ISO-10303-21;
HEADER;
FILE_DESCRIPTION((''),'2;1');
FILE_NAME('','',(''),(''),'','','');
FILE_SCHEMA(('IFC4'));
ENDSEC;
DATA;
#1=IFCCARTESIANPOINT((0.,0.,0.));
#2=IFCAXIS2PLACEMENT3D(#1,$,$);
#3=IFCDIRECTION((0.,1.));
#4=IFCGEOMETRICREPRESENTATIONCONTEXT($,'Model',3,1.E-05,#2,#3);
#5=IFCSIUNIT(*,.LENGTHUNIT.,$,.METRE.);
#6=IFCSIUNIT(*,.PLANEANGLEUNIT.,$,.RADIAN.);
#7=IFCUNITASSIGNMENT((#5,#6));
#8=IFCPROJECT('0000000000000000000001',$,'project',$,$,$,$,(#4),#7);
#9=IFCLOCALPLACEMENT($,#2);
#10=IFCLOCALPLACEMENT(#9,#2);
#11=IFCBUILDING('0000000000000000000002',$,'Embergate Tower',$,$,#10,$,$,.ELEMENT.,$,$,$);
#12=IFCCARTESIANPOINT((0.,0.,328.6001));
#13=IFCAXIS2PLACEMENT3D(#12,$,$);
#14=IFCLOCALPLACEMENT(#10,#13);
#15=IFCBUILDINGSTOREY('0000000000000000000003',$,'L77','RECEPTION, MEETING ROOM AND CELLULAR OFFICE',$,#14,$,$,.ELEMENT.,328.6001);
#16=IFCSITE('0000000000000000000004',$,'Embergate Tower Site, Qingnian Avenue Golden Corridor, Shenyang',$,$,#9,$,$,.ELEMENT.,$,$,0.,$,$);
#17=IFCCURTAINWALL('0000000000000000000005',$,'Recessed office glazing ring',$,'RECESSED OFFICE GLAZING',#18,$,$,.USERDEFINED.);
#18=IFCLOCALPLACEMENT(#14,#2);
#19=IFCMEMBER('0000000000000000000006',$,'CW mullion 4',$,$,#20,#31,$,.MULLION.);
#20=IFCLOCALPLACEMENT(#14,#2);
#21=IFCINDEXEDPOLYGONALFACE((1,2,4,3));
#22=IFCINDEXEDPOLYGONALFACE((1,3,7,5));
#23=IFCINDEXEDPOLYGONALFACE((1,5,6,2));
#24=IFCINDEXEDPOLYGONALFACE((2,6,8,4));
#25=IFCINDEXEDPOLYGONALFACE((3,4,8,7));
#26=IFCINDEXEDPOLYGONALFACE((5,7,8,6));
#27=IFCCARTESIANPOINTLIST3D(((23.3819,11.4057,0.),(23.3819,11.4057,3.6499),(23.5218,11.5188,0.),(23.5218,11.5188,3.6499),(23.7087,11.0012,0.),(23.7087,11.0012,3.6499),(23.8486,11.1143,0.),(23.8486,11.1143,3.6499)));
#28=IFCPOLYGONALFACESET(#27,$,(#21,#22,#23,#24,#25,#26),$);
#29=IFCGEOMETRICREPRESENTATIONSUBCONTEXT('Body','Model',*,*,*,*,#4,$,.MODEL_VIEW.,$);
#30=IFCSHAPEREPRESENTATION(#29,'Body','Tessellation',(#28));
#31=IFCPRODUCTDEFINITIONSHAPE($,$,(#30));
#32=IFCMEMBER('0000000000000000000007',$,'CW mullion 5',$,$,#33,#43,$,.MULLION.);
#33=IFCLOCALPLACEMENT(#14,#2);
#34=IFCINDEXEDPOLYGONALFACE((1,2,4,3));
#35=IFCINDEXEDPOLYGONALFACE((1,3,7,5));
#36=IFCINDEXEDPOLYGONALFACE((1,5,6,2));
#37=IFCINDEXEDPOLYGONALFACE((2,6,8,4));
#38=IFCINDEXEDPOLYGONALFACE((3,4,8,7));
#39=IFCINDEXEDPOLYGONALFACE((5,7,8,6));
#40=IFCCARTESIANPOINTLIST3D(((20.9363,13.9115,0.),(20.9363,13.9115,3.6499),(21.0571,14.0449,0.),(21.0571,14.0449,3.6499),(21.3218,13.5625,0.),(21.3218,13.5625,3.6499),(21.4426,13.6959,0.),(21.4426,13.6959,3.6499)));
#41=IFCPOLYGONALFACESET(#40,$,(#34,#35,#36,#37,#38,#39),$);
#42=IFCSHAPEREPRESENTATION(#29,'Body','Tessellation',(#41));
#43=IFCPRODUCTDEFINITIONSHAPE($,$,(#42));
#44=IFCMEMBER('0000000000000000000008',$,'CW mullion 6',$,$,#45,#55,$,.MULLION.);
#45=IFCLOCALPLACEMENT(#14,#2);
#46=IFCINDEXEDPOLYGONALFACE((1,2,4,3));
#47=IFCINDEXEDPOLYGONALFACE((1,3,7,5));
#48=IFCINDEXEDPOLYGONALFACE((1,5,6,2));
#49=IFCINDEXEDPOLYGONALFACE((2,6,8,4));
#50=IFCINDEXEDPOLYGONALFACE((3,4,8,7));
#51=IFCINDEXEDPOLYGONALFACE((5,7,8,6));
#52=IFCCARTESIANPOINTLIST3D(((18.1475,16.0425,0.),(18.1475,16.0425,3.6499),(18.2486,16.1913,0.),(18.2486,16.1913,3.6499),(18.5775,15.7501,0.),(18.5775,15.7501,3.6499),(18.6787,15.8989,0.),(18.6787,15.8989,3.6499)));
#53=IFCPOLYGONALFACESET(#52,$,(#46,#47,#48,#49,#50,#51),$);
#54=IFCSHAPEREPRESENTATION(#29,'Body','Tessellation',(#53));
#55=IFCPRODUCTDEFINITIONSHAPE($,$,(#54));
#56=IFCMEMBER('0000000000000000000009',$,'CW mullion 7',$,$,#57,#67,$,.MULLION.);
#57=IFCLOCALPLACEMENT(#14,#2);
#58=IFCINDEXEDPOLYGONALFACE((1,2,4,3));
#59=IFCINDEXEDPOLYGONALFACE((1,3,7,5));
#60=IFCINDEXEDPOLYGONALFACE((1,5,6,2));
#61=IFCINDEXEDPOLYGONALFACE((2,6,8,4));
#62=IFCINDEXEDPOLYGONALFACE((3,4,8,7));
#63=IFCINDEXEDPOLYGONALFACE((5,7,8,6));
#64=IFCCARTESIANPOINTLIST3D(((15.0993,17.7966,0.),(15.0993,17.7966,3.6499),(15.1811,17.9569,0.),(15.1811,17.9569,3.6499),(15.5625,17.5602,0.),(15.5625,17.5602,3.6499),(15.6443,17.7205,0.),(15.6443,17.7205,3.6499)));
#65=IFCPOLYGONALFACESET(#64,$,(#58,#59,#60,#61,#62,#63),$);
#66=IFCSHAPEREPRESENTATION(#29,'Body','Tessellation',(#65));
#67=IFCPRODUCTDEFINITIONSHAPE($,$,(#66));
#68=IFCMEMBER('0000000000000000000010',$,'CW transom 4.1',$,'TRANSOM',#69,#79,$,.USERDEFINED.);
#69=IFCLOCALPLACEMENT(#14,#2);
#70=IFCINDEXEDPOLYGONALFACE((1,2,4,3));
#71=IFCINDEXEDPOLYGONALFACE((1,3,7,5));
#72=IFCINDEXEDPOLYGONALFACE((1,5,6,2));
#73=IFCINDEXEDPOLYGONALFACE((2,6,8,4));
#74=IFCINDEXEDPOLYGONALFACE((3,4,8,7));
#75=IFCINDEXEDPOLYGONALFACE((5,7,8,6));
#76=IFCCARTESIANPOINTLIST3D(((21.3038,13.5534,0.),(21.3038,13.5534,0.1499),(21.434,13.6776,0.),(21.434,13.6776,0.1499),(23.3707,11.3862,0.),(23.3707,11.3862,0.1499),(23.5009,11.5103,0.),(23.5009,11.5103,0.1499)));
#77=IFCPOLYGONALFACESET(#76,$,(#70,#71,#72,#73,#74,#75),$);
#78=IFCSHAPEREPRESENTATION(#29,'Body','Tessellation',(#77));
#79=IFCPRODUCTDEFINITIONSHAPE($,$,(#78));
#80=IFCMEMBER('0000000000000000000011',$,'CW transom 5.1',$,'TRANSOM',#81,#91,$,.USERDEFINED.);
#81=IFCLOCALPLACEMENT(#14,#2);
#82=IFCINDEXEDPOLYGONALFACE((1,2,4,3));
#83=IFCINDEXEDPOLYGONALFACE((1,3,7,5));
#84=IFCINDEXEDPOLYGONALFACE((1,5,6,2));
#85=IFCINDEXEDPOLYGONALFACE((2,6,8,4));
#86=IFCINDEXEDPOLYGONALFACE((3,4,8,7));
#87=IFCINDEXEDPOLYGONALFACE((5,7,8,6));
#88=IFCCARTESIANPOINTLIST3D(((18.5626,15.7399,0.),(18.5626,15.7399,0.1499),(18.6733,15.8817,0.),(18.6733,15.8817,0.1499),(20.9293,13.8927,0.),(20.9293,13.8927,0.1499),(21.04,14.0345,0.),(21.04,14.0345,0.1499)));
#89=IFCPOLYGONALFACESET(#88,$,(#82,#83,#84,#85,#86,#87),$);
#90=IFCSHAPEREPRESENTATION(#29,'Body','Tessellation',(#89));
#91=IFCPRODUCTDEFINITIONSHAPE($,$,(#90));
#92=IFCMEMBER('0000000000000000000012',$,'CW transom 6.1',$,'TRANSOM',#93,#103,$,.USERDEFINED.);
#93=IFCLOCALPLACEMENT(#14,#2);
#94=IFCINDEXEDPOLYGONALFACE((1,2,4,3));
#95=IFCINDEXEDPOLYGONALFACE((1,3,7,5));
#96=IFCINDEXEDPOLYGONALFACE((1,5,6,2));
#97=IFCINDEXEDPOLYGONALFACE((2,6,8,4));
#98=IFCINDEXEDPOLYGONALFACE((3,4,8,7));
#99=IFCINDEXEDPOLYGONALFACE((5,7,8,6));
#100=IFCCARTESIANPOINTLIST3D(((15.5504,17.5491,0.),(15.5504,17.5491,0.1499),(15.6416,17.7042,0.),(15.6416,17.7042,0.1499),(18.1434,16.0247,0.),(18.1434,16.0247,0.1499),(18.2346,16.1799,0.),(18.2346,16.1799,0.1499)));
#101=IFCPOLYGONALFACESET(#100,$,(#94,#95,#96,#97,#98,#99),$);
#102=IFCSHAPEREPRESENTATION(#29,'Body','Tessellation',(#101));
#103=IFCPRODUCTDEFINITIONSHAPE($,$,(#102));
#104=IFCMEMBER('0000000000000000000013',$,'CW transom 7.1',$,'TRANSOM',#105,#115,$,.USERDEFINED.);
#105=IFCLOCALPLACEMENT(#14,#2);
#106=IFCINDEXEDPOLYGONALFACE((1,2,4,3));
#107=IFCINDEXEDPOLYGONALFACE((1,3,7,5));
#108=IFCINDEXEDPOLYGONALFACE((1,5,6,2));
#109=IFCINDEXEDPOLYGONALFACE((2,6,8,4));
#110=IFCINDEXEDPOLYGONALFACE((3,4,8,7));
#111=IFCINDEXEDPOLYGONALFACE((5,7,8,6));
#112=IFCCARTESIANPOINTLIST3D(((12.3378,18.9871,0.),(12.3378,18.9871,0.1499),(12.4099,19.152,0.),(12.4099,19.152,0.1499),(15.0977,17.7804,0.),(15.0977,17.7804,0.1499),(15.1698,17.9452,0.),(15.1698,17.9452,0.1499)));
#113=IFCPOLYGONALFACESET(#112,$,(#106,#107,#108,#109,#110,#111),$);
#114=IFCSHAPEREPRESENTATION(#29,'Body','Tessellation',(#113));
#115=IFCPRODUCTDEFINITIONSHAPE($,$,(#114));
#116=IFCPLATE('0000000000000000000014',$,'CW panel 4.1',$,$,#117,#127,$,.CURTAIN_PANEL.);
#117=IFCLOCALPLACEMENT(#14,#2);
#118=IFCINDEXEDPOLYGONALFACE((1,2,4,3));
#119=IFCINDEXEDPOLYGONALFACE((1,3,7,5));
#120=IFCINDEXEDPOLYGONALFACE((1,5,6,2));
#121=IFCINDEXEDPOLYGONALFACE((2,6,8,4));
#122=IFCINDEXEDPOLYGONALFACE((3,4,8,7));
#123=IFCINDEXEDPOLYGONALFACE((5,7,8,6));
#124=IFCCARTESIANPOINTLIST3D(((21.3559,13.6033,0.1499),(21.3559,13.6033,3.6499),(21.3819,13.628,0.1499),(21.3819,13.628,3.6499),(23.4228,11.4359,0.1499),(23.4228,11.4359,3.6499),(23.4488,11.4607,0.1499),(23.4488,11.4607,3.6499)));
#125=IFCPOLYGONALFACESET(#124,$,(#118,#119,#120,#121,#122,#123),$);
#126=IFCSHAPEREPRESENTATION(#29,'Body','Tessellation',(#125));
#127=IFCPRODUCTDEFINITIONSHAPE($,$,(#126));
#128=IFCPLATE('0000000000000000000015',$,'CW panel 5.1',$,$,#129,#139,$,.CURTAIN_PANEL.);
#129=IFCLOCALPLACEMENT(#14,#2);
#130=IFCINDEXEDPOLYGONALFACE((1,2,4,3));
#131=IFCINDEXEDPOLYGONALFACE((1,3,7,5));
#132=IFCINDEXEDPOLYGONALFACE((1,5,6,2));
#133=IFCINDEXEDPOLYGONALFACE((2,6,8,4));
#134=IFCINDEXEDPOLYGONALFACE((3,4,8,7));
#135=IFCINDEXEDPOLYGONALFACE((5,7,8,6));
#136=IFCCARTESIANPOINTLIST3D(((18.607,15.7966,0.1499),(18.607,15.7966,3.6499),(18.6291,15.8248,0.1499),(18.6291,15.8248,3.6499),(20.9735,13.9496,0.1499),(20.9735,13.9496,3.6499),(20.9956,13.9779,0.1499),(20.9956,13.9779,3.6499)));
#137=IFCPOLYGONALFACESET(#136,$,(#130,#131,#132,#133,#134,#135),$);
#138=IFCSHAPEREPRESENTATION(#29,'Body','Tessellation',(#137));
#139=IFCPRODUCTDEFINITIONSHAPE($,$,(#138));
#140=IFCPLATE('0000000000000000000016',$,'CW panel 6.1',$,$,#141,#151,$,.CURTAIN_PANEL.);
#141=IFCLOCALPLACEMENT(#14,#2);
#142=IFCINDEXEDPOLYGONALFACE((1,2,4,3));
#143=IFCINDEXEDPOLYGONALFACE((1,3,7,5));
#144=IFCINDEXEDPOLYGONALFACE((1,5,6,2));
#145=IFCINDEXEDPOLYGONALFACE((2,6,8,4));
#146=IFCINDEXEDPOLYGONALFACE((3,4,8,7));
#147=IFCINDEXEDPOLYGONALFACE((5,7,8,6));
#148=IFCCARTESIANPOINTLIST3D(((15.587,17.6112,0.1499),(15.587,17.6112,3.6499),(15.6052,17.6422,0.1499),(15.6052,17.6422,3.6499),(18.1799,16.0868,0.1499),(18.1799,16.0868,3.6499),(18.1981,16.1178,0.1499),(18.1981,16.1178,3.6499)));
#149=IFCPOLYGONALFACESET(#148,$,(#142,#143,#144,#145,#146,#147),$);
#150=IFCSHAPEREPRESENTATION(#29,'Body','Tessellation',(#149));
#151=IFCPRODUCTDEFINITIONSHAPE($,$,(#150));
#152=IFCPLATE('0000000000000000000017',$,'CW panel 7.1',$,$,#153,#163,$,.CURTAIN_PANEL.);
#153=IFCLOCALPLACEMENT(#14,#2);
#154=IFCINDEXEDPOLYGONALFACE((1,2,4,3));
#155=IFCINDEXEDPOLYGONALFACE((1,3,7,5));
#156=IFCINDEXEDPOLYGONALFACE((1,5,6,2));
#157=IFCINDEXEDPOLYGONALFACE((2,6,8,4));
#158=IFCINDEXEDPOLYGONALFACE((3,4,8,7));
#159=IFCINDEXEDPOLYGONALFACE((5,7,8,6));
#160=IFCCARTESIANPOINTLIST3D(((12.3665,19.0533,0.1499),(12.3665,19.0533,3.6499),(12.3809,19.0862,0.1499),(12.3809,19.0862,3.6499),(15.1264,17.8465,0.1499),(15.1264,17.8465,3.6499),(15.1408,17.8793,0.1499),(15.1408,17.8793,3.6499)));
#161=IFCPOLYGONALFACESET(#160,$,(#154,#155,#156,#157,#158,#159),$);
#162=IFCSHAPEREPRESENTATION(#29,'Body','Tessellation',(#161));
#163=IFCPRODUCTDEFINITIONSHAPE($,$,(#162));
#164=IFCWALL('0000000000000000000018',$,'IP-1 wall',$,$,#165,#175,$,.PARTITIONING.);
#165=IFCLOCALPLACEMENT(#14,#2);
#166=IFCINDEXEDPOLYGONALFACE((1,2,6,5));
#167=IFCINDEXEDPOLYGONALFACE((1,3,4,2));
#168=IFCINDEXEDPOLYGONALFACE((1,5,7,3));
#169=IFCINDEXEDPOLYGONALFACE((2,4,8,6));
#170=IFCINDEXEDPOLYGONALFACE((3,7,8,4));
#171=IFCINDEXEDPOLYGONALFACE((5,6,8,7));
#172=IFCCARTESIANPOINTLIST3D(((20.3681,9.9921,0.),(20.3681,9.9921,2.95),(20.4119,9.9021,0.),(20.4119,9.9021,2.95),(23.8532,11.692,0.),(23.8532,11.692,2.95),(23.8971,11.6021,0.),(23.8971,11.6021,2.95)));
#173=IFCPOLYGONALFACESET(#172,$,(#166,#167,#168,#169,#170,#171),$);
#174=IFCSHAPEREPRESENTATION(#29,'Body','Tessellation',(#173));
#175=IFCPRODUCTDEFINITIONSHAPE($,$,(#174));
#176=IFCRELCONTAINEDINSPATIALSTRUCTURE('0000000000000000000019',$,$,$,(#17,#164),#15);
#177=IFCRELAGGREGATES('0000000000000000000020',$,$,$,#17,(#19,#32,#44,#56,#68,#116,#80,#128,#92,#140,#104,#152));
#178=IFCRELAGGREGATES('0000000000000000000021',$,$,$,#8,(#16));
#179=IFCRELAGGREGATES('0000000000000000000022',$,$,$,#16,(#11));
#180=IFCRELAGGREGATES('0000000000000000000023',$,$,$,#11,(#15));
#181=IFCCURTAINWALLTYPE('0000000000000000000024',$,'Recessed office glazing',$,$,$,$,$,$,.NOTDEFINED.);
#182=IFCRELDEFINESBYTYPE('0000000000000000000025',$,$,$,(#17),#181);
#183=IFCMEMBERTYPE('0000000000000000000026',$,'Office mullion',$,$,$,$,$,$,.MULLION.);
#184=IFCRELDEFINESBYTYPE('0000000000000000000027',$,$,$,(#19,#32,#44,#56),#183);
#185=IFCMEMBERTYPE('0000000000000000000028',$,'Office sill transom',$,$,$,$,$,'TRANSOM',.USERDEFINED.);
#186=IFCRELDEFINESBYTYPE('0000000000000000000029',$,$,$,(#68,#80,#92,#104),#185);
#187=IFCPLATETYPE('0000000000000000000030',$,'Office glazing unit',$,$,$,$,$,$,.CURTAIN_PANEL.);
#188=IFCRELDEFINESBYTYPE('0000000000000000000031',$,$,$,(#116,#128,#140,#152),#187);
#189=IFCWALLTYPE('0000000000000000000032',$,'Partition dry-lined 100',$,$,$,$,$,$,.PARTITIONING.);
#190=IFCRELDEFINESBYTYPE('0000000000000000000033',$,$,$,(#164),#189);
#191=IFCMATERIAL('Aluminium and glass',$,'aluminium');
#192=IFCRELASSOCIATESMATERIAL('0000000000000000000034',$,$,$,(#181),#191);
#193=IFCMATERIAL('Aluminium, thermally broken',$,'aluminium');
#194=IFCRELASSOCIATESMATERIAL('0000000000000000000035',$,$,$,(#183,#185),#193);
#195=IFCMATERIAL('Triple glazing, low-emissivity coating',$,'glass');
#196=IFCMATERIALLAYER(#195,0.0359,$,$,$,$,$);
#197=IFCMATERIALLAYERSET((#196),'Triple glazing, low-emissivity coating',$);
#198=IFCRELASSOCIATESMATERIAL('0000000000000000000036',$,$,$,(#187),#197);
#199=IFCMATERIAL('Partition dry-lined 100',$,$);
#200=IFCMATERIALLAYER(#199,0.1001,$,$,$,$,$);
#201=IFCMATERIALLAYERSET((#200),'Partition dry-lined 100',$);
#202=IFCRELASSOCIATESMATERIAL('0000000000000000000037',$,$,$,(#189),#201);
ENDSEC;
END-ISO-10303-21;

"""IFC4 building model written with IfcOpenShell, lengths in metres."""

from ifc_helpers import new_model, si_unit, direction, frame, frame_2d, origin, origin_2d, place, context, subcontext, project, spatial, rectangle, extrude, source, transform, mapped, material, layer, layer_set, material_profile, profile_set, type_object, element, aggregate, save


model = new_model("IFC4")

# Units and contexts
model_context = context("Model", 3, precision=1e-05, world=origin(), true_north=direction((0.0, 1.0)))
body_context = subcontext(model_context, "Body", "Model", "MODEL_VIEW")
ifc_project = project(units=[si_unit("LENGTHUNIT", "METRE"), si_unit("PLANEANGLEUNIT", "RADIAN")], contexts=[model_context])

# Site, building, storey
site_placement = place(None, origin())
site = spatial("IfcSite", under=ifc_project, at=site_placement, Name="Embergate Tower Site, Qingnian Avenue Golden Corridor, Shenyang", CompositionType="ELEMENT", RefElevation=0.0)
building_placement = place(site_placement, origin())
building = spatial("IfcBuilding", under=site, at=building_placement, Name="Embergate Tower", CompositionType="ELEMENT")
storey_placement = place(building_placement, frame((0.0, 0.0, 328.6001)))
storey = spatial("IfcBuildingStorey", under=building, at=storey_placement, Name="L77", Description="RECEPTION, MEETING ROOM AND CELLULAR OFFICE", CompositionType="ELEMENT", Elevation=328.6001)

# Curtain wall, members, plates
ifc_material_1 = material(Name="Aluminium and glass", Category="aluminium")
curtain_wall_type = type_object("IfcCurtainWallType", Name="Recessed office glazing", PredefinedType="NOTDEFINED", material=ifc_material_1)
curtain_wall_placement = place(storey_placement, origin())
curtain_wall = element("IfcCurtainWall", 1, at=curtain_wall_placement, inside=storey, type_object=curtain_wall_type, Name="Recessed office glazing ring", ObjectType="RECESSED OFFICE GLAZING", PredefinedType="USERDEFINED")
ifc_material_2 = material(Name="Aluminium, thermally broken", Category="aluminium")
ifc_material_profile_1 = material_profile(ifc_material_2, rectangle(XDim=0.1799, YDim=0.52, at=origin_2d()), Name="AL 520x180")
ifc_profile_set_1 = profile_set([ifc_material_profile_1], Name="Aluminium, thermally broken")
member_type_1 = type_object("IfcMemberType", Name="Office mullion", PredefinedType="MULLION", material=ifc_profile_set_1)
shared_shape_1 = source(origin(), body_context, "Body", "SweptSolid", [
    extrude(rectangle(XDim=0.1799, YDim=0.52, at=origin_2d()), origin(), (0.0, 0.0, 1.0), 3.6499),
])
member_1_placement = place(storey_placement, frame((23.6152, 11.26, 0.0), z_axis=(0.0, 0.0, 1.0), x_axis=(-0.777856, -0.628442, 0.0)))
member_1 = element("IfcMember", 2, at=member_1_placement, type_object=member_type_1, Name="CW mullion 4", PredefinedType="MULLION", context=body_context, shape_type="MappedRepresentation", body=[
    mapped(shared_shape_1, transform((0.0, 0.0, 0.0))),
])
member_2_placement = place(storey_placement, frame((21.1895, 13.8037, 0.0), z_axis=(0.0, 0.0, 1.0), x_axis=(-0.671212, -0.741265, 0.0)))
member_2 = element("IfcMember", 3, at=member_2_placement, type_object=member_type_1, Name="CW mullion 5", PredefinedType="MULLION", context=body_context, shape_type="MappedRepresentation", body=[
    mapped(shared_shape_1, transform((0.0, 0.0, 0.0))),
])
member_3_placement = place(storey_placement, frame((18.4131, 15.9707, 0.0), z_axis=(0.0, 0.0, 1.0), x_axis=(-0.562205, -0.826998, 0.0)))
member_3 = element("IfcMember", 4, at=member_3_placement, type_object=member_type_1, Name="CW mullion 6", PredefinedType="MULLION", context=body_context, shape_type="MappedRepresentation", body=[
    mapped(shared_shape_1, transform((0.0, 0.0, 0.0))),
])
member_4_placement = place(storey_placement, frame((15.3718, 17.7585, 0.0), z_axis=(0.0, 0.0, 1.0), x_axis=(-0.454502, -0.890746, 0.0)))
member_4 = element("IfcMember", 5, at=member_4_placement, type_object=member_type_1, Name="CW mullion 7", PredefinedType="MULLION", context=body_context, shape_type="MappedRepresentation", body=[
    mapped(shared_shape_1, transform((0.0, 0.0, 0.0))),
])
ifc_material_profile_2 = material_profile(ifc_material_2, rectangle(XDim=0.1799, YDim=0.1499, at=origin_2d()), Name="AL 150x180")
ifc_profile_set_2 = profile_set([ifc_material_profile_2], Name="Aluminium, thermally broken")
member_type_2 = type_object("IfcMemberType", Name="Office sill transom", ElementType="TRANSOM", PredefinedType="USERDEFINED", material=ifc_profile_set_2)
shared_shape_2 = source(origin(), body_context, "Body", "SweptSolid", [
    extrude(rectangle(XDim=0.1799, YDim=0.1499, at=origin_2d()), origin(), (0.0, 0.0, 1.0), 2.9949),
])
member_5_placement = place(storey_placement, frame((23.4358, 11.4482, 0.075), z_axis=(-0.690156, 0.723661, 0.0), x_axis=(-0.723661, -0.690156, 0.0)))
member_5 = element("IfcMember", 6, at=member_5_placement, type_object=member_type_2, Name="CW transom 4.1", ObjectType="TRANSOM", PredefinedType="USERDEFINED", context=body_context, shape_type="MappedRepresentation", body=[
    mapped(shared_shape_2, transform((0.0, 0.0, 0.0))),
])
shared_shape_3 = source(origin(), body_context, "Body", "SweptSolid", [
    extrude(rectangle(XDim=0.1799, YDim=0.1499, at=origin_2d()), origin(), (0.0, 0.0, 1.0), 3.0022),
])
member_6_placement = place(storey_placement, frame((20.9846, 13.9636, 0.075), z_axis=(-0.788318, 0.615268, 0.0), x_axis=(-0.615268, -0.788318, 0.0)))
member_6 = element("IfcMember", 7, at=member_6_placement, type_object=member_type_2, Name="CW transom 5.1", ObjectType="TRANSOM", PredefinedType="USERDEFINED", context=body_context, shape_type="MappedRepresentation", body=[
    mapped(shared_shape_3, transform((0.0, 0.0, 0.0))),
])
shared_shape_4 = source(origin(), body_context, "Body", "SweptSolid", [
    extrude(rectangle(XDim=0.1799, YDim=0.1499, at=origin_2d()), origin(), (0.0, 0.0, 1.0), 3.0078),
])
member_7_placement = place(storey_placement, frame((18.189, 16.1023, 0.075), z_axis=(-0.862064, 0.5068, 0.0), x_axis=(-0.5068, -0.862064, 0.0)))
member_7 = element("IfcMember", 8, at=member_7_placement, type_object=member_type_2, Name="CW transom 6.1", ObjectType="TRANSOM", PredefinedType="USERDEFINED", context=body_context, shape_type="MappedRepresentation", body=[
    mapped(shared_shape_4, transform((0.0, 0.0, 0.0))),
])
shared_shape_5 = source(origin(), body_context, "Body", "SweptSolid", [
    extrude(rectangle(XDim=0.1799, YDim=0.1499, at=origin_2d()), origin(), (0.0, 0.0, 1.0), 3.0122),
])
member_8_placement = place(storey_placement, frame((15.1338, 17.8628, 0.075), z_axis=(-0.916245, 0.400619, 0.0), x_axis=(-0.400619, -0.916245, 0.0)))
member_8 = element("IfcMember", 9, at=member_8_placement, type_object=member_type_2, Name="CW transom 7.1", ObjectType="TRANSOM", PredefinedType="USERDEFINED", context=body_context, shape_type="MappedRepresentation", body=[
    mapped(shared_shape_5, transform((0.0, 0.0, 0.0))),
])
ifc_material_3 = material(Name="Triple glazing, low-emissivity coating", Category="glass")
ifc_layer_1 = layer(ifc_material_3, 0.0359)
ifc_layer_set_1 = layer_set([ifc_layer_1], Name="Triple glazing, low-emissivity coating")
plate_type = type_object("IfcPlateType", Name="Office glazing unit", PredefinedType="CURTAIN_PANEL", material=ifc_layer_set_1)
shared_shape_6 = source(origin(), body_context, "Body", "SweptSolid", [
    extrude(rectangle(XDim=2.9949, YDim=0.0359, at=origin_2d()), origin(), (0.0, 0.0, 1.0), 3.5),
])
plate_1_placement = place(storey_placement, frame((22.4023, 12.532, 0.1499), z_axis=(0.0, 0.0, 1.0), x_axis=(-0.690138, 0.723678, 0.0)))
plate_1 = element("IfcPlate", 10, at=plate_1_placement, type_object=plate_type, Name="CW panel 4.1", PredefinedType="CURTAIN_PANEL", context=body_context, shape_type="MappedRepresentation", body=[
    mapped(shared_shape_6, transform((0.0, 0.0, 0.0))),
])
shared_shape_7 = source(origin(), body_context, "Body", "SweptSolid", [
    extrude(rectangle(XDim=3.002, YDim=0.0359, at=origin_2d()), origin(), (0.0, 0.0, 1.0), 3.5),
])
plate_2_placement = place(storey_placement, frame((19.8013, 14.8872, 0.1499), z_axis=(0.0, 0.0, 1.0), x_axis=(-0.788322, 0.615263, 0.0)))
plate_2 = element("IfcPlate", 11, at=plate_2_placement, type_object=plate_type, Name="CW panel 5.1", PredefinedType="CURTAIN_PANEL", context=body_context, shape_type="MappedRepresentation", body=[
    mapped(shared_shape_7, transform((0.0, 0.0, 0.0))),
])
shared_shape_8 = source(origin(), body_context, "Body", "SweptSolid", [
    extrude(rectangle(XDim=3.0078, YDim=0.0359, at=origin_2d()), origin(), (0.0, 0.0, 1.0), 3.5),
])
plate_3_placement = place(storey_placement, frame((16.8926, 16.8645, 0.1499), z_axis=(0.0, 0.0, 1.0), x_axis=(-0.862054, 0.506816, 0.0)))
plate_3 = element("IfcPlate", 12, at=plate_3_placement, type_object=plate_type, Name="CW panel 6.1", PredefinedType="CURTAIN_PANEL", context=body_context, shape_type="MappedRepresentation", body=[
    mapped(shared_shape_8, transform((0.0, 0.0, 0.0))),
])
shared_shape_9 = source(origin(), body_context, "Body", "SweptSolid", [
    extrude(rectangle(XDim=3.0122, YDim=0.0359, at=origin_2d()), origin(), (0.0, 0.0, 1.0), 3.5),
])
plate_4_placement = place(storey_placement, frame((13.7537, 18.4663, 0.1499), z_axis=(0.0, 0.0, 1.0), x_axis=(-0.916236, 0.400638, 0.0)))
plate_4 = element("IfcPlate", 13, at=plate_4_placement, type_object=plate_type, Name="CW panel 7.1", PredefinedType="CURTAIN_PANEL", context=body_context, shape_type="MappedRepresentation", body=[
    mapped(shared_shape_9, transform((0.0, 0.0, 0.0))),
])
aggregate(curtain_wall, [member_1, member_2, member_3, member_4, member_5, plate_1, member_6, plate_2, member_7, plate_3, member_8, plate_4])

# Wall
ifc_material_4 = material(Name="Partition dry-lined 100")
ifc_layer_2 = layer(ifc_material_4, 0.1001)
ifc_layer_set_2 = layer_set([ifc_layer_2], Name="Partition dry-lined 100")
wall_type = type_object("IfcWallType", Name="Partition dry-lined 100", PredefinedType="PARTITIONING", material=ifc_layer_set_2)
shared_shape_10 = source(origin(), body_context, "Body", "SweptSolid", [
    extrude(rectangle(XDim=3.8777, YDim=0.1001, at=frame_2d((1.939, 0.0))), origin(), (0.0, 0.0, 1.0), 2.95),
])
wall_1_placement = place(storey_placement, frame((20.3899, 9.947, 0.0), z_axis=(0.0, 0.0, 1.0), x_axis=(0.898779, 0.438403, 0.0)))
element("IfcWall", 14, at=wall_1_placement, inside=storey, type_object=wall_type, Name="IP-1 wall", PredefinedType="PARTITIONING", context=body_context, shape_type="MappedRepresentation", body=[
    mapped(shared_shape_10, transform((0.0, 0.0, 0.0))),
])

save(model, "model.ifc")
